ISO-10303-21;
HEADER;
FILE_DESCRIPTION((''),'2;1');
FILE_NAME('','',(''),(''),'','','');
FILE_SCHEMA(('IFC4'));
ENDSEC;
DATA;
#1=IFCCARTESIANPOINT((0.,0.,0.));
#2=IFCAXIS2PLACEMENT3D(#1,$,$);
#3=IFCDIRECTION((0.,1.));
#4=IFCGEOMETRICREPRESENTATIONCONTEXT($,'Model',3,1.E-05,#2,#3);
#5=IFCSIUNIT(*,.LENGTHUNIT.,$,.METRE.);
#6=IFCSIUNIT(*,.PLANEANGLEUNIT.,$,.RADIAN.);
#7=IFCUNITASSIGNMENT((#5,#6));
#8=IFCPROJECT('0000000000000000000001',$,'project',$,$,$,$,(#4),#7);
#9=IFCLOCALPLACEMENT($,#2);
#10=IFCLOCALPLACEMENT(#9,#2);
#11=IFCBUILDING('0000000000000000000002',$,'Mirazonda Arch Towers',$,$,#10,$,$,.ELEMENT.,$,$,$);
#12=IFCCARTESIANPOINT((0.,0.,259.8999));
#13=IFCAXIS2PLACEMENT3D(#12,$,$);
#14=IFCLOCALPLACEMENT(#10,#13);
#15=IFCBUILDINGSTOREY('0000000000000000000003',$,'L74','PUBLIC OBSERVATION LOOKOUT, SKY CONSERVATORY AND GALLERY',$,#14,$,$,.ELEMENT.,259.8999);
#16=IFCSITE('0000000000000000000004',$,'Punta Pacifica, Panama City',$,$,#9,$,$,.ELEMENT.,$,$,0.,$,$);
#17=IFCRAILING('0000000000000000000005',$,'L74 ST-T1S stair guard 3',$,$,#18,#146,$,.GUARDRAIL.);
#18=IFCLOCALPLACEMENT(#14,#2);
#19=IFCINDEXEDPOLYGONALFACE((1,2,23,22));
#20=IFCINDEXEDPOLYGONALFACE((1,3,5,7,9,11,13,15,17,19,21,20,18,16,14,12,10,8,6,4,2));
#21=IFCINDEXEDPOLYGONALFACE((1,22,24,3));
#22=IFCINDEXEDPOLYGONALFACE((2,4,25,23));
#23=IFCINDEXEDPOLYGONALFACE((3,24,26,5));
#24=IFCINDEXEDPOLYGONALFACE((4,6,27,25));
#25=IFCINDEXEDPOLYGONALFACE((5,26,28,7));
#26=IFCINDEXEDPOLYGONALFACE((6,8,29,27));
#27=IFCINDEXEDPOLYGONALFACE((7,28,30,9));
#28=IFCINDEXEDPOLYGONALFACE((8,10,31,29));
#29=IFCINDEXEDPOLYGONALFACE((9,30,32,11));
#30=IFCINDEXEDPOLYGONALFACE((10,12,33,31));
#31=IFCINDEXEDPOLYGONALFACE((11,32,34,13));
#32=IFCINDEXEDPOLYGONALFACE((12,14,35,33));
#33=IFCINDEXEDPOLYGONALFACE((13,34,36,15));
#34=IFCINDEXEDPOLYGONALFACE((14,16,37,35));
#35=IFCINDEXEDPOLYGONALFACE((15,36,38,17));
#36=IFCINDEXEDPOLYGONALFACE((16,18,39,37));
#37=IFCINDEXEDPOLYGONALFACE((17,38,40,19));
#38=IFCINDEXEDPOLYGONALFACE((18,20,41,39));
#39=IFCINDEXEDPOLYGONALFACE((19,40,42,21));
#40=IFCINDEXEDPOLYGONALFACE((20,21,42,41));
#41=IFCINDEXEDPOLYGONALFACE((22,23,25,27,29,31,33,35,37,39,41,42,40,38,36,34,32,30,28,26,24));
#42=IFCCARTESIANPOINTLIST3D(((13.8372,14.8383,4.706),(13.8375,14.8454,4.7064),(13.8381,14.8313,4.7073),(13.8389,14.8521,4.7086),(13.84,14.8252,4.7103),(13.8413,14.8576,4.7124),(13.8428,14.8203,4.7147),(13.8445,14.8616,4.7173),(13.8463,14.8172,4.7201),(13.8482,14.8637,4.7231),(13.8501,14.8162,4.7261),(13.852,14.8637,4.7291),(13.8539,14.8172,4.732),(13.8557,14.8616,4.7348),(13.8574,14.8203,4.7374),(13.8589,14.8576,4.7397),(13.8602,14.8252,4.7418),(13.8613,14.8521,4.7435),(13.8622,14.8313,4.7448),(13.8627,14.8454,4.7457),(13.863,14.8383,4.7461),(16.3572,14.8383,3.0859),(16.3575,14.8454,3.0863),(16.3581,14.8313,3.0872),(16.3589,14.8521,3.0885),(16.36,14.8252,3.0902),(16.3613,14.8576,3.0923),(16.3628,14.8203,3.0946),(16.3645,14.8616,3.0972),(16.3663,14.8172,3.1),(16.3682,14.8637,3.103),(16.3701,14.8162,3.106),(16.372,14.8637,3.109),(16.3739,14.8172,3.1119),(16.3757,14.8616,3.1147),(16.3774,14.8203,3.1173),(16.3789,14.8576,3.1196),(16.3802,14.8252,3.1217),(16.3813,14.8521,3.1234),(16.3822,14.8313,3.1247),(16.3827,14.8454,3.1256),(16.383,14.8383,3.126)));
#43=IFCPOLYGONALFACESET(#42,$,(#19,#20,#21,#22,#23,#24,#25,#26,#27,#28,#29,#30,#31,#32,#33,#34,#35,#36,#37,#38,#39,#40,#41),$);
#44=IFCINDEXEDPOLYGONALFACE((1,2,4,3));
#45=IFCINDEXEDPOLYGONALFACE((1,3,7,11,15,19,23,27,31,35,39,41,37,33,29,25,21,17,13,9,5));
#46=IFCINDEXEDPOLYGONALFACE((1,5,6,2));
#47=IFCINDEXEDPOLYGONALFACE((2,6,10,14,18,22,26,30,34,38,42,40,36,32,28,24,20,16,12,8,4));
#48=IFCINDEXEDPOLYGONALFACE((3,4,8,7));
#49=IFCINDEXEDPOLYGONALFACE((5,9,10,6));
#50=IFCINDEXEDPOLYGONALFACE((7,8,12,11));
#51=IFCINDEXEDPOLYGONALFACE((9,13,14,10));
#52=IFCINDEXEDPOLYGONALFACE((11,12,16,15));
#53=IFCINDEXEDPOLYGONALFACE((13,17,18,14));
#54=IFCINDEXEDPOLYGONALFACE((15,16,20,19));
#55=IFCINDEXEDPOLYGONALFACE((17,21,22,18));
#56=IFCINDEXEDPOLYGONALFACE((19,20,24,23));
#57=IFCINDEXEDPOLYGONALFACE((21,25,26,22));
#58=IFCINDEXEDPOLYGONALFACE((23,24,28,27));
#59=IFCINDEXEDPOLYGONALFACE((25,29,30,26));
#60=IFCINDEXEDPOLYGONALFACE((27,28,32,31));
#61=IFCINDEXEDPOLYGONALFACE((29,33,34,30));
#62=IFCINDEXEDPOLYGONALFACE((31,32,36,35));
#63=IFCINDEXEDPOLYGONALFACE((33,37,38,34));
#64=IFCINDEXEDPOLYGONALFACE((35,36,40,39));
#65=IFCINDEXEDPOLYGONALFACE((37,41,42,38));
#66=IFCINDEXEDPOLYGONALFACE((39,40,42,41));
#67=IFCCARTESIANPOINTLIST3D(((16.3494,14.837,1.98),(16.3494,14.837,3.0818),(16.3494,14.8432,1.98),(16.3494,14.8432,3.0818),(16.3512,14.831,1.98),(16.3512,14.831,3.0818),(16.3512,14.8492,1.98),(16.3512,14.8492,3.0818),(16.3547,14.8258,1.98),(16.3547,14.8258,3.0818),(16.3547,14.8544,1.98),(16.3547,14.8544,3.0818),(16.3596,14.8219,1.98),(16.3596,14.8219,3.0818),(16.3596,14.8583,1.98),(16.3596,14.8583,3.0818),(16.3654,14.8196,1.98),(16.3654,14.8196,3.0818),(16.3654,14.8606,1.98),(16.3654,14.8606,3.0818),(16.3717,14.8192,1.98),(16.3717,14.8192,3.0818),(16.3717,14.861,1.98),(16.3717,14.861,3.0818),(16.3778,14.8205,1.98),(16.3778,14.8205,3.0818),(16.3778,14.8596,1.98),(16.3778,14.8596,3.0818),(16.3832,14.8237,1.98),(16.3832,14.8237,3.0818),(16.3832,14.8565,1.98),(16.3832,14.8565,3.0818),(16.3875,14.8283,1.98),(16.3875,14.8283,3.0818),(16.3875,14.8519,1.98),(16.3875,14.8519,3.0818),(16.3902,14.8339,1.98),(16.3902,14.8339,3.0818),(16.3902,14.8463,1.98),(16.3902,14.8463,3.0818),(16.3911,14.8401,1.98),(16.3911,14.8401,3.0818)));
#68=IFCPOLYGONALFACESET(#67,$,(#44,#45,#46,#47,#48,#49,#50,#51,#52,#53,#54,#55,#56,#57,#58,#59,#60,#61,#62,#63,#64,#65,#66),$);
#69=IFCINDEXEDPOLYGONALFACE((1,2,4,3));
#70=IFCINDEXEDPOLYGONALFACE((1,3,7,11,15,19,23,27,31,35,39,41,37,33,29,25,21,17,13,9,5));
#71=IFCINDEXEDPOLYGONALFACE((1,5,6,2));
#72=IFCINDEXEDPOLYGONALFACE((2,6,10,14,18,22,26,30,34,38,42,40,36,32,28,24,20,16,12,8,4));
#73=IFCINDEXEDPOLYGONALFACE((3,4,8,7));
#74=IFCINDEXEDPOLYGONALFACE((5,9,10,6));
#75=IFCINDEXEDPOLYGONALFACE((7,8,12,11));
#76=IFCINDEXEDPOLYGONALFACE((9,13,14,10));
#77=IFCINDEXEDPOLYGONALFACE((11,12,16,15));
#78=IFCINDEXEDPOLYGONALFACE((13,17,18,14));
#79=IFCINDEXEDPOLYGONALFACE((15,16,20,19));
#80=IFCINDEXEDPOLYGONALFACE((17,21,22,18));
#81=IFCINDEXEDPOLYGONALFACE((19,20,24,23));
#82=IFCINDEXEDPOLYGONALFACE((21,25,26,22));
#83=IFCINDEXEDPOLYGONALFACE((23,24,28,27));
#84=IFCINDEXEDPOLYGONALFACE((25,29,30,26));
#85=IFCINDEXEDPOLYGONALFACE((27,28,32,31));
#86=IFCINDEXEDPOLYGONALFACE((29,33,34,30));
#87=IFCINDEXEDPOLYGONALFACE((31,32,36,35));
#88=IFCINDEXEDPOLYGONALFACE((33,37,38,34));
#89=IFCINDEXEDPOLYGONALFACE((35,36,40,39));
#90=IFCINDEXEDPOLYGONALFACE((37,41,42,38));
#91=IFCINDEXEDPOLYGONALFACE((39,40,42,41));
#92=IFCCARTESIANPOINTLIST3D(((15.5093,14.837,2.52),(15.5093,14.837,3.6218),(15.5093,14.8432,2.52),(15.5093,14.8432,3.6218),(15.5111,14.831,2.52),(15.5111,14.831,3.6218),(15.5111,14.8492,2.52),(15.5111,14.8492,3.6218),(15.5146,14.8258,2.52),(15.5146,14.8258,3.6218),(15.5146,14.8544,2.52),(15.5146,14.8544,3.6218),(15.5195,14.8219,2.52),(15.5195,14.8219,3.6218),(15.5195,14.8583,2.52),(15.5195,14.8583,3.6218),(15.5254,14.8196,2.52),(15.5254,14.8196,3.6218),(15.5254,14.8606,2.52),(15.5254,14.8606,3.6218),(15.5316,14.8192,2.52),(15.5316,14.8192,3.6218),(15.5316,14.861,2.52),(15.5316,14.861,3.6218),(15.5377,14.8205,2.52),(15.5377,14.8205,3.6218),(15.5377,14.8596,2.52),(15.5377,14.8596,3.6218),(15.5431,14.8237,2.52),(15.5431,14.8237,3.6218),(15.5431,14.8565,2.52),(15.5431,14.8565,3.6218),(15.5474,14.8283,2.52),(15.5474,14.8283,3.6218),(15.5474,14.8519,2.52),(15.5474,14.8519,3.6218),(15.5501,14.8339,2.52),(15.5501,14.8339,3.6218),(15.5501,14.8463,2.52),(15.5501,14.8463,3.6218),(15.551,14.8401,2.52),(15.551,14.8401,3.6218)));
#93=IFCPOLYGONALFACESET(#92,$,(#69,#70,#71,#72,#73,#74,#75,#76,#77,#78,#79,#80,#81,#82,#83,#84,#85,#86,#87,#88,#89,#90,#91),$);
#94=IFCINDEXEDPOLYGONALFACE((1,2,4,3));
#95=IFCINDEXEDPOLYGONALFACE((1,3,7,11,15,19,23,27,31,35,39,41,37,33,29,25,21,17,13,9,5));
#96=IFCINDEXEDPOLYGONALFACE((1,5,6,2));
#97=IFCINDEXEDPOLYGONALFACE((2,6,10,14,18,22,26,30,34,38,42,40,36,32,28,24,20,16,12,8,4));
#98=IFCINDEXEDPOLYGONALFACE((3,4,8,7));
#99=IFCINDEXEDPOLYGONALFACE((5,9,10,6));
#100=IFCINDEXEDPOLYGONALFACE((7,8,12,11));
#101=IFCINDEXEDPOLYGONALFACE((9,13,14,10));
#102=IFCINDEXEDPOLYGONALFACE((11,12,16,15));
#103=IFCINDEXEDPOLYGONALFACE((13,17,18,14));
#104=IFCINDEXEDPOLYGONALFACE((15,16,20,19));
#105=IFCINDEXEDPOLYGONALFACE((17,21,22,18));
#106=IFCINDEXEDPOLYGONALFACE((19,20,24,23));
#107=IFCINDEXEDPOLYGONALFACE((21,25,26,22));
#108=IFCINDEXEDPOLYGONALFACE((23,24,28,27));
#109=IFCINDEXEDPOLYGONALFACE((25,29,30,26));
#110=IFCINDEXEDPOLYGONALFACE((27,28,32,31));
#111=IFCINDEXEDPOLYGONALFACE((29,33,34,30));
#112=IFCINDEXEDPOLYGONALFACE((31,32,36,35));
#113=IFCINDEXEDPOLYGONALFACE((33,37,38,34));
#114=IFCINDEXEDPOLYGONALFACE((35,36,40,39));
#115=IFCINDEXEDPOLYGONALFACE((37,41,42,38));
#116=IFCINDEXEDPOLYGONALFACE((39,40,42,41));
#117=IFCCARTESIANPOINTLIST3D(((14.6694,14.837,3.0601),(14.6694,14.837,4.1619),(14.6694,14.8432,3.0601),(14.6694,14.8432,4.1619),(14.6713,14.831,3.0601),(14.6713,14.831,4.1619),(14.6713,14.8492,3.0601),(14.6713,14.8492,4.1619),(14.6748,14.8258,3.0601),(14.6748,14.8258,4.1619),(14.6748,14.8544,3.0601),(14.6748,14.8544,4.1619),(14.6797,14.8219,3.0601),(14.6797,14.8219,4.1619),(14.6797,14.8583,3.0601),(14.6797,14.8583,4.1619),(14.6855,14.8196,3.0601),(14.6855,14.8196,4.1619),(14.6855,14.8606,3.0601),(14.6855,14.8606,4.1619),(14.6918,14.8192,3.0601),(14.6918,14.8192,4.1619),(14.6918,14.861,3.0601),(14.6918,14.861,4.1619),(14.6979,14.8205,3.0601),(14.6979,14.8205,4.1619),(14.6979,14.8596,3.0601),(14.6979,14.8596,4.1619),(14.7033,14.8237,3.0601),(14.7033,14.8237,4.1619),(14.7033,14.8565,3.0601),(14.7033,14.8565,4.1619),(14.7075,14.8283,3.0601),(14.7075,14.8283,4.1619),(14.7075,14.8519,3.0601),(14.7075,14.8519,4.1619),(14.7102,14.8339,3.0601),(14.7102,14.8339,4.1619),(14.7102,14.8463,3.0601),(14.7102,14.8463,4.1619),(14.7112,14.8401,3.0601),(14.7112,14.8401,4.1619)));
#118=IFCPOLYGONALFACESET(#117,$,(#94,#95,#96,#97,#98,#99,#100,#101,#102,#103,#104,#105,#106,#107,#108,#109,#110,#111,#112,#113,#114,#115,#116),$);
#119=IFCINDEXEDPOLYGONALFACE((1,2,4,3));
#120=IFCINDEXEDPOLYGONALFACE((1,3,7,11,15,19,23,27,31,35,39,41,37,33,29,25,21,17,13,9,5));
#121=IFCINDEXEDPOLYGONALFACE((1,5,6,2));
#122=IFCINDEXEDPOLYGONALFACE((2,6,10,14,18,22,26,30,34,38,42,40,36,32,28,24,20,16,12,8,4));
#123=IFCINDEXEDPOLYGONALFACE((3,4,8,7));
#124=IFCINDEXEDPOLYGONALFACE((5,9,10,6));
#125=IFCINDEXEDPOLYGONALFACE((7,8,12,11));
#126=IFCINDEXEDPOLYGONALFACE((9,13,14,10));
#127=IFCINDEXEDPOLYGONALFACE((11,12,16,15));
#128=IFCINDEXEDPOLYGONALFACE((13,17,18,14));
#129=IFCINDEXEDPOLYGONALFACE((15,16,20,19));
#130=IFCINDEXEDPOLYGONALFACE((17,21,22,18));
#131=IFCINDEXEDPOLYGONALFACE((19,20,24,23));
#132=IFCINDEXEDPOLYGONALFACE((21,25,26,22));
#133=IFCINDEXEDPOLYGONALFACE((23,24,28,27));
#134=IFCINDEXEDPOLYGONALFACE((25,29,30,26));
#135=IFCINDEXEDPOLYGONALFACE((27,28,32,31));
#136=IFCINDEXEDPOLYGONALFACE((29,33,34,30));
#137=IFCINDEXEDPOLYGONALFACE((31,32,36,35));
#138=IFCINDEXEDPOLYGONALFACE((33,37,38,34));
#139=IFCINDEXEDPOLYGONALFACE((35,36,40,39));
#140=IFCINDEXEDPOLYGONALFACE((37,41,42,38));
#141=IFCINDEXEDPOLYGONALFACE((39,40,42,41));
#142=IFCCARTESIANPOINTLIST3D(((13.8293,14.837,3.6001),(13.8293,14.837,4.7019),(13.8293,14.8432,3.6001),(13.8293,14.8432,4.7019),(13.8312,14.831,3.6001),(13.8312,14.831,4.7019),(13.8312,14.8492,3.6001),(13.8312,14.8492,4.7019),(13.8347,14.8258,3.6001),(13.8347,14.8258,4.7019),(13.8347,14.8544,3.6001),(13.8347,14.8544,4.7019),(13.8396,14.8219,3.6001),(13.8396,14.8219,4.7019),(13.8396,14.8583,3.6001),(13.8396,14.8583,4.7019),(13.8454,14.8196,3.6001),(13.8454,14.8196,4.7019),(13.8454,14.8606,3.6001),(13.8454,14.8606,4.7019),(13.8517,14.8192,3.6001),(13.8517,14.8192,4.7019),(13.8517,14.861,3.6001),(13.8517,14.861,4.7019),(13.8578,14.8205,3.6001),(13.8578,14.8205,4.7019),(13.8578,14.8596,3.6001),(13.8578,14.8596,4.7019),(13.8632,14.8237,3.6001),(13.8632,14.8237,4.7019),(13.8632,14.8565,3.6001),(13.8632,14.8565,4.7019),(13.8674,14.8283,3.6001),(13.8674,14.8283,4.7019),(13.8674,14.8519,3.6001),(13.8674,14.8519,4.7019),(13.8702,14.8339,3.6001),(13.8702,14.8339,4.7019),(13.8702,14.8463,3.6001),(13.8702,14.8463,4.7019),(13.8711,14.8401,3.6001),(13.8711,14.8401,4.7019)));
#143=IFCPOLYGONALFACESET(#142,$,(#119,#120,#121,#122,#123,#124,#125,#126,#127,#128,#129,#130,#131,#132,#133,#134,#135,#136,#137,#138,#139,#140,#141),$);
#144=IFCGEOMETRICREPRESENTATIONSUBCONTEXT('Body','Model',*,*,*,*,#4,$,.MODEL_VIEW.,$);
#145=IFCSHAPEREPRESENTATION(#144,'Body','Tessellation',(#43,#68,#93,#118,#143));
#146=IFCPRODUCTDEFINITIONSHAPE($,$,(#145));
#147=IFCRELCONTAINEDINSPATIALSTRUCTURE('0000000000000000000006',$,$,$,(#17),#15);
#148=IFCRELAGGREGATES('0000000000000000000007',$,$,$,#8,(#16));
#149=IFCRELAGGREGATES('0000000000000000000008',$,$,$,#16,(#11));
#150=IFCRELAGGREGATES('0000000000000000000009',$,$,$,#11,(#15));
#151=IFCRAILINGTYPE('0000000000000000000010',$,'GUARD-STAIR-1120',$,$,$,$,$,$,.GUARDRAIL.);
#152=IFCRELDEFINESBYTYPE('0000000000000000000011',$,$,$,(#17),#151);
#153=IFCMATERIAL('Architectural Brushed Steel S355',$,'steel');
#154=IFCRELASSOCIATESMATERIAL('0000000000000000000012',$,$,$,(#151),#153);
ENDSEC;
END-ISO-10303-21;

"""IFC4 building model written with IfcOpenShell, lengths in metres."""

from ifc_helpers import new_model, si_unit, direction, frame, origin, origin_2d, place, context, subcontext, project, spatial, circle, extrude, material, type_object, element, save


model = new_model("IFC4")

# Units and contexts
model_context = context("Model", 3, precision=1e-05, world=origin(), true_north=direction((0.0, 1.0)))
body_context = subcontext(model_context, "Body", "Model", "MODEL_VIEW")
ifc_project = project(units=[si_unit("LENGTHUNIT", "METRE"), si_unit("PLANEANGLEUNIT", "RADIAN")], contexts=[model_context])

# Site, building, storey
site_placement = place(None, origin())
site = spatial("IfcSite", under=ifc_project, at=site_placement, Name="Punta Pacifica, Panama City", CompositionType="ELEMENT", RefElevation=0.0)
building_placement = place(site_placement, origin())
building = spatial("IfcBuilding", under=site, at=building_placement, Name="Mirazonda Arch Towers", CompositionType="ELEMENT")
storey_placement = place(building_placement, frame((0.0, 0.0, 259.8999)))
storey = spatial("IfcBuildingStorey", under=building, at=storey_placement, Name="L74", Description="PUBLIC OBSERVATION LOOKOUT, SKY CONSERVATORY AND GALLERY", CompositionType="ELEMENT", Elevation=259.8999)

# Railing
ifc_material_1 = material(Name="Architectural Brushed Steel S355", Category="steel")
railing_type_1 = type_object("IfcRailingType", Name="GUARD-STAIR-1120", PredefinedType="GUARDRAIL", material=ifc_material_1)
railing_1_placement = place(storey_placement, frame((16.3701, 14.8401, 1.98)))
element("IfcRailing", 1, at=railing_1_placement, inside=storey, type_object=railing_type_1, Name="L74 ST-T1S stair guard 3", PredefinedType="GUARDRAIL", context=body_context, shape_type="SweptSolid", body=[
    extrude(circle(Radius=0.0239, at=origin_2d()), frame((0.0, 0.0, 1.126), z_axis=(-0.841163, 0.0, 0.540782), x_axis=(0.0, -1.0, 0.0)), (0.0, 0.0, 1.0), 2.9958),
    extrude(circle(Radius=0.021, at=origin_2d()), origin(), (0.0, 0.0, 1.0), 1.1018),
    extrude(circle(Radius=0.021, at=origin_2d()), frame((-0.8401, 0.0, 0.54)), (0.0, 0.0, 1.0), 1.1018),
    extrude(circle(Radius=0.021, at=origin_2d()), frame((-1.6799, 0.0, 1.0801)), (0.0, 0.0, 1.0), 1.1018),
    extrude(circle(Radius=0.021, at=origin_2d()), frame((-2.52, 0.0, 1.6201)), (0.0, 0.0, 1.0), 1.1018),
])

save(model, "model.ifc")
